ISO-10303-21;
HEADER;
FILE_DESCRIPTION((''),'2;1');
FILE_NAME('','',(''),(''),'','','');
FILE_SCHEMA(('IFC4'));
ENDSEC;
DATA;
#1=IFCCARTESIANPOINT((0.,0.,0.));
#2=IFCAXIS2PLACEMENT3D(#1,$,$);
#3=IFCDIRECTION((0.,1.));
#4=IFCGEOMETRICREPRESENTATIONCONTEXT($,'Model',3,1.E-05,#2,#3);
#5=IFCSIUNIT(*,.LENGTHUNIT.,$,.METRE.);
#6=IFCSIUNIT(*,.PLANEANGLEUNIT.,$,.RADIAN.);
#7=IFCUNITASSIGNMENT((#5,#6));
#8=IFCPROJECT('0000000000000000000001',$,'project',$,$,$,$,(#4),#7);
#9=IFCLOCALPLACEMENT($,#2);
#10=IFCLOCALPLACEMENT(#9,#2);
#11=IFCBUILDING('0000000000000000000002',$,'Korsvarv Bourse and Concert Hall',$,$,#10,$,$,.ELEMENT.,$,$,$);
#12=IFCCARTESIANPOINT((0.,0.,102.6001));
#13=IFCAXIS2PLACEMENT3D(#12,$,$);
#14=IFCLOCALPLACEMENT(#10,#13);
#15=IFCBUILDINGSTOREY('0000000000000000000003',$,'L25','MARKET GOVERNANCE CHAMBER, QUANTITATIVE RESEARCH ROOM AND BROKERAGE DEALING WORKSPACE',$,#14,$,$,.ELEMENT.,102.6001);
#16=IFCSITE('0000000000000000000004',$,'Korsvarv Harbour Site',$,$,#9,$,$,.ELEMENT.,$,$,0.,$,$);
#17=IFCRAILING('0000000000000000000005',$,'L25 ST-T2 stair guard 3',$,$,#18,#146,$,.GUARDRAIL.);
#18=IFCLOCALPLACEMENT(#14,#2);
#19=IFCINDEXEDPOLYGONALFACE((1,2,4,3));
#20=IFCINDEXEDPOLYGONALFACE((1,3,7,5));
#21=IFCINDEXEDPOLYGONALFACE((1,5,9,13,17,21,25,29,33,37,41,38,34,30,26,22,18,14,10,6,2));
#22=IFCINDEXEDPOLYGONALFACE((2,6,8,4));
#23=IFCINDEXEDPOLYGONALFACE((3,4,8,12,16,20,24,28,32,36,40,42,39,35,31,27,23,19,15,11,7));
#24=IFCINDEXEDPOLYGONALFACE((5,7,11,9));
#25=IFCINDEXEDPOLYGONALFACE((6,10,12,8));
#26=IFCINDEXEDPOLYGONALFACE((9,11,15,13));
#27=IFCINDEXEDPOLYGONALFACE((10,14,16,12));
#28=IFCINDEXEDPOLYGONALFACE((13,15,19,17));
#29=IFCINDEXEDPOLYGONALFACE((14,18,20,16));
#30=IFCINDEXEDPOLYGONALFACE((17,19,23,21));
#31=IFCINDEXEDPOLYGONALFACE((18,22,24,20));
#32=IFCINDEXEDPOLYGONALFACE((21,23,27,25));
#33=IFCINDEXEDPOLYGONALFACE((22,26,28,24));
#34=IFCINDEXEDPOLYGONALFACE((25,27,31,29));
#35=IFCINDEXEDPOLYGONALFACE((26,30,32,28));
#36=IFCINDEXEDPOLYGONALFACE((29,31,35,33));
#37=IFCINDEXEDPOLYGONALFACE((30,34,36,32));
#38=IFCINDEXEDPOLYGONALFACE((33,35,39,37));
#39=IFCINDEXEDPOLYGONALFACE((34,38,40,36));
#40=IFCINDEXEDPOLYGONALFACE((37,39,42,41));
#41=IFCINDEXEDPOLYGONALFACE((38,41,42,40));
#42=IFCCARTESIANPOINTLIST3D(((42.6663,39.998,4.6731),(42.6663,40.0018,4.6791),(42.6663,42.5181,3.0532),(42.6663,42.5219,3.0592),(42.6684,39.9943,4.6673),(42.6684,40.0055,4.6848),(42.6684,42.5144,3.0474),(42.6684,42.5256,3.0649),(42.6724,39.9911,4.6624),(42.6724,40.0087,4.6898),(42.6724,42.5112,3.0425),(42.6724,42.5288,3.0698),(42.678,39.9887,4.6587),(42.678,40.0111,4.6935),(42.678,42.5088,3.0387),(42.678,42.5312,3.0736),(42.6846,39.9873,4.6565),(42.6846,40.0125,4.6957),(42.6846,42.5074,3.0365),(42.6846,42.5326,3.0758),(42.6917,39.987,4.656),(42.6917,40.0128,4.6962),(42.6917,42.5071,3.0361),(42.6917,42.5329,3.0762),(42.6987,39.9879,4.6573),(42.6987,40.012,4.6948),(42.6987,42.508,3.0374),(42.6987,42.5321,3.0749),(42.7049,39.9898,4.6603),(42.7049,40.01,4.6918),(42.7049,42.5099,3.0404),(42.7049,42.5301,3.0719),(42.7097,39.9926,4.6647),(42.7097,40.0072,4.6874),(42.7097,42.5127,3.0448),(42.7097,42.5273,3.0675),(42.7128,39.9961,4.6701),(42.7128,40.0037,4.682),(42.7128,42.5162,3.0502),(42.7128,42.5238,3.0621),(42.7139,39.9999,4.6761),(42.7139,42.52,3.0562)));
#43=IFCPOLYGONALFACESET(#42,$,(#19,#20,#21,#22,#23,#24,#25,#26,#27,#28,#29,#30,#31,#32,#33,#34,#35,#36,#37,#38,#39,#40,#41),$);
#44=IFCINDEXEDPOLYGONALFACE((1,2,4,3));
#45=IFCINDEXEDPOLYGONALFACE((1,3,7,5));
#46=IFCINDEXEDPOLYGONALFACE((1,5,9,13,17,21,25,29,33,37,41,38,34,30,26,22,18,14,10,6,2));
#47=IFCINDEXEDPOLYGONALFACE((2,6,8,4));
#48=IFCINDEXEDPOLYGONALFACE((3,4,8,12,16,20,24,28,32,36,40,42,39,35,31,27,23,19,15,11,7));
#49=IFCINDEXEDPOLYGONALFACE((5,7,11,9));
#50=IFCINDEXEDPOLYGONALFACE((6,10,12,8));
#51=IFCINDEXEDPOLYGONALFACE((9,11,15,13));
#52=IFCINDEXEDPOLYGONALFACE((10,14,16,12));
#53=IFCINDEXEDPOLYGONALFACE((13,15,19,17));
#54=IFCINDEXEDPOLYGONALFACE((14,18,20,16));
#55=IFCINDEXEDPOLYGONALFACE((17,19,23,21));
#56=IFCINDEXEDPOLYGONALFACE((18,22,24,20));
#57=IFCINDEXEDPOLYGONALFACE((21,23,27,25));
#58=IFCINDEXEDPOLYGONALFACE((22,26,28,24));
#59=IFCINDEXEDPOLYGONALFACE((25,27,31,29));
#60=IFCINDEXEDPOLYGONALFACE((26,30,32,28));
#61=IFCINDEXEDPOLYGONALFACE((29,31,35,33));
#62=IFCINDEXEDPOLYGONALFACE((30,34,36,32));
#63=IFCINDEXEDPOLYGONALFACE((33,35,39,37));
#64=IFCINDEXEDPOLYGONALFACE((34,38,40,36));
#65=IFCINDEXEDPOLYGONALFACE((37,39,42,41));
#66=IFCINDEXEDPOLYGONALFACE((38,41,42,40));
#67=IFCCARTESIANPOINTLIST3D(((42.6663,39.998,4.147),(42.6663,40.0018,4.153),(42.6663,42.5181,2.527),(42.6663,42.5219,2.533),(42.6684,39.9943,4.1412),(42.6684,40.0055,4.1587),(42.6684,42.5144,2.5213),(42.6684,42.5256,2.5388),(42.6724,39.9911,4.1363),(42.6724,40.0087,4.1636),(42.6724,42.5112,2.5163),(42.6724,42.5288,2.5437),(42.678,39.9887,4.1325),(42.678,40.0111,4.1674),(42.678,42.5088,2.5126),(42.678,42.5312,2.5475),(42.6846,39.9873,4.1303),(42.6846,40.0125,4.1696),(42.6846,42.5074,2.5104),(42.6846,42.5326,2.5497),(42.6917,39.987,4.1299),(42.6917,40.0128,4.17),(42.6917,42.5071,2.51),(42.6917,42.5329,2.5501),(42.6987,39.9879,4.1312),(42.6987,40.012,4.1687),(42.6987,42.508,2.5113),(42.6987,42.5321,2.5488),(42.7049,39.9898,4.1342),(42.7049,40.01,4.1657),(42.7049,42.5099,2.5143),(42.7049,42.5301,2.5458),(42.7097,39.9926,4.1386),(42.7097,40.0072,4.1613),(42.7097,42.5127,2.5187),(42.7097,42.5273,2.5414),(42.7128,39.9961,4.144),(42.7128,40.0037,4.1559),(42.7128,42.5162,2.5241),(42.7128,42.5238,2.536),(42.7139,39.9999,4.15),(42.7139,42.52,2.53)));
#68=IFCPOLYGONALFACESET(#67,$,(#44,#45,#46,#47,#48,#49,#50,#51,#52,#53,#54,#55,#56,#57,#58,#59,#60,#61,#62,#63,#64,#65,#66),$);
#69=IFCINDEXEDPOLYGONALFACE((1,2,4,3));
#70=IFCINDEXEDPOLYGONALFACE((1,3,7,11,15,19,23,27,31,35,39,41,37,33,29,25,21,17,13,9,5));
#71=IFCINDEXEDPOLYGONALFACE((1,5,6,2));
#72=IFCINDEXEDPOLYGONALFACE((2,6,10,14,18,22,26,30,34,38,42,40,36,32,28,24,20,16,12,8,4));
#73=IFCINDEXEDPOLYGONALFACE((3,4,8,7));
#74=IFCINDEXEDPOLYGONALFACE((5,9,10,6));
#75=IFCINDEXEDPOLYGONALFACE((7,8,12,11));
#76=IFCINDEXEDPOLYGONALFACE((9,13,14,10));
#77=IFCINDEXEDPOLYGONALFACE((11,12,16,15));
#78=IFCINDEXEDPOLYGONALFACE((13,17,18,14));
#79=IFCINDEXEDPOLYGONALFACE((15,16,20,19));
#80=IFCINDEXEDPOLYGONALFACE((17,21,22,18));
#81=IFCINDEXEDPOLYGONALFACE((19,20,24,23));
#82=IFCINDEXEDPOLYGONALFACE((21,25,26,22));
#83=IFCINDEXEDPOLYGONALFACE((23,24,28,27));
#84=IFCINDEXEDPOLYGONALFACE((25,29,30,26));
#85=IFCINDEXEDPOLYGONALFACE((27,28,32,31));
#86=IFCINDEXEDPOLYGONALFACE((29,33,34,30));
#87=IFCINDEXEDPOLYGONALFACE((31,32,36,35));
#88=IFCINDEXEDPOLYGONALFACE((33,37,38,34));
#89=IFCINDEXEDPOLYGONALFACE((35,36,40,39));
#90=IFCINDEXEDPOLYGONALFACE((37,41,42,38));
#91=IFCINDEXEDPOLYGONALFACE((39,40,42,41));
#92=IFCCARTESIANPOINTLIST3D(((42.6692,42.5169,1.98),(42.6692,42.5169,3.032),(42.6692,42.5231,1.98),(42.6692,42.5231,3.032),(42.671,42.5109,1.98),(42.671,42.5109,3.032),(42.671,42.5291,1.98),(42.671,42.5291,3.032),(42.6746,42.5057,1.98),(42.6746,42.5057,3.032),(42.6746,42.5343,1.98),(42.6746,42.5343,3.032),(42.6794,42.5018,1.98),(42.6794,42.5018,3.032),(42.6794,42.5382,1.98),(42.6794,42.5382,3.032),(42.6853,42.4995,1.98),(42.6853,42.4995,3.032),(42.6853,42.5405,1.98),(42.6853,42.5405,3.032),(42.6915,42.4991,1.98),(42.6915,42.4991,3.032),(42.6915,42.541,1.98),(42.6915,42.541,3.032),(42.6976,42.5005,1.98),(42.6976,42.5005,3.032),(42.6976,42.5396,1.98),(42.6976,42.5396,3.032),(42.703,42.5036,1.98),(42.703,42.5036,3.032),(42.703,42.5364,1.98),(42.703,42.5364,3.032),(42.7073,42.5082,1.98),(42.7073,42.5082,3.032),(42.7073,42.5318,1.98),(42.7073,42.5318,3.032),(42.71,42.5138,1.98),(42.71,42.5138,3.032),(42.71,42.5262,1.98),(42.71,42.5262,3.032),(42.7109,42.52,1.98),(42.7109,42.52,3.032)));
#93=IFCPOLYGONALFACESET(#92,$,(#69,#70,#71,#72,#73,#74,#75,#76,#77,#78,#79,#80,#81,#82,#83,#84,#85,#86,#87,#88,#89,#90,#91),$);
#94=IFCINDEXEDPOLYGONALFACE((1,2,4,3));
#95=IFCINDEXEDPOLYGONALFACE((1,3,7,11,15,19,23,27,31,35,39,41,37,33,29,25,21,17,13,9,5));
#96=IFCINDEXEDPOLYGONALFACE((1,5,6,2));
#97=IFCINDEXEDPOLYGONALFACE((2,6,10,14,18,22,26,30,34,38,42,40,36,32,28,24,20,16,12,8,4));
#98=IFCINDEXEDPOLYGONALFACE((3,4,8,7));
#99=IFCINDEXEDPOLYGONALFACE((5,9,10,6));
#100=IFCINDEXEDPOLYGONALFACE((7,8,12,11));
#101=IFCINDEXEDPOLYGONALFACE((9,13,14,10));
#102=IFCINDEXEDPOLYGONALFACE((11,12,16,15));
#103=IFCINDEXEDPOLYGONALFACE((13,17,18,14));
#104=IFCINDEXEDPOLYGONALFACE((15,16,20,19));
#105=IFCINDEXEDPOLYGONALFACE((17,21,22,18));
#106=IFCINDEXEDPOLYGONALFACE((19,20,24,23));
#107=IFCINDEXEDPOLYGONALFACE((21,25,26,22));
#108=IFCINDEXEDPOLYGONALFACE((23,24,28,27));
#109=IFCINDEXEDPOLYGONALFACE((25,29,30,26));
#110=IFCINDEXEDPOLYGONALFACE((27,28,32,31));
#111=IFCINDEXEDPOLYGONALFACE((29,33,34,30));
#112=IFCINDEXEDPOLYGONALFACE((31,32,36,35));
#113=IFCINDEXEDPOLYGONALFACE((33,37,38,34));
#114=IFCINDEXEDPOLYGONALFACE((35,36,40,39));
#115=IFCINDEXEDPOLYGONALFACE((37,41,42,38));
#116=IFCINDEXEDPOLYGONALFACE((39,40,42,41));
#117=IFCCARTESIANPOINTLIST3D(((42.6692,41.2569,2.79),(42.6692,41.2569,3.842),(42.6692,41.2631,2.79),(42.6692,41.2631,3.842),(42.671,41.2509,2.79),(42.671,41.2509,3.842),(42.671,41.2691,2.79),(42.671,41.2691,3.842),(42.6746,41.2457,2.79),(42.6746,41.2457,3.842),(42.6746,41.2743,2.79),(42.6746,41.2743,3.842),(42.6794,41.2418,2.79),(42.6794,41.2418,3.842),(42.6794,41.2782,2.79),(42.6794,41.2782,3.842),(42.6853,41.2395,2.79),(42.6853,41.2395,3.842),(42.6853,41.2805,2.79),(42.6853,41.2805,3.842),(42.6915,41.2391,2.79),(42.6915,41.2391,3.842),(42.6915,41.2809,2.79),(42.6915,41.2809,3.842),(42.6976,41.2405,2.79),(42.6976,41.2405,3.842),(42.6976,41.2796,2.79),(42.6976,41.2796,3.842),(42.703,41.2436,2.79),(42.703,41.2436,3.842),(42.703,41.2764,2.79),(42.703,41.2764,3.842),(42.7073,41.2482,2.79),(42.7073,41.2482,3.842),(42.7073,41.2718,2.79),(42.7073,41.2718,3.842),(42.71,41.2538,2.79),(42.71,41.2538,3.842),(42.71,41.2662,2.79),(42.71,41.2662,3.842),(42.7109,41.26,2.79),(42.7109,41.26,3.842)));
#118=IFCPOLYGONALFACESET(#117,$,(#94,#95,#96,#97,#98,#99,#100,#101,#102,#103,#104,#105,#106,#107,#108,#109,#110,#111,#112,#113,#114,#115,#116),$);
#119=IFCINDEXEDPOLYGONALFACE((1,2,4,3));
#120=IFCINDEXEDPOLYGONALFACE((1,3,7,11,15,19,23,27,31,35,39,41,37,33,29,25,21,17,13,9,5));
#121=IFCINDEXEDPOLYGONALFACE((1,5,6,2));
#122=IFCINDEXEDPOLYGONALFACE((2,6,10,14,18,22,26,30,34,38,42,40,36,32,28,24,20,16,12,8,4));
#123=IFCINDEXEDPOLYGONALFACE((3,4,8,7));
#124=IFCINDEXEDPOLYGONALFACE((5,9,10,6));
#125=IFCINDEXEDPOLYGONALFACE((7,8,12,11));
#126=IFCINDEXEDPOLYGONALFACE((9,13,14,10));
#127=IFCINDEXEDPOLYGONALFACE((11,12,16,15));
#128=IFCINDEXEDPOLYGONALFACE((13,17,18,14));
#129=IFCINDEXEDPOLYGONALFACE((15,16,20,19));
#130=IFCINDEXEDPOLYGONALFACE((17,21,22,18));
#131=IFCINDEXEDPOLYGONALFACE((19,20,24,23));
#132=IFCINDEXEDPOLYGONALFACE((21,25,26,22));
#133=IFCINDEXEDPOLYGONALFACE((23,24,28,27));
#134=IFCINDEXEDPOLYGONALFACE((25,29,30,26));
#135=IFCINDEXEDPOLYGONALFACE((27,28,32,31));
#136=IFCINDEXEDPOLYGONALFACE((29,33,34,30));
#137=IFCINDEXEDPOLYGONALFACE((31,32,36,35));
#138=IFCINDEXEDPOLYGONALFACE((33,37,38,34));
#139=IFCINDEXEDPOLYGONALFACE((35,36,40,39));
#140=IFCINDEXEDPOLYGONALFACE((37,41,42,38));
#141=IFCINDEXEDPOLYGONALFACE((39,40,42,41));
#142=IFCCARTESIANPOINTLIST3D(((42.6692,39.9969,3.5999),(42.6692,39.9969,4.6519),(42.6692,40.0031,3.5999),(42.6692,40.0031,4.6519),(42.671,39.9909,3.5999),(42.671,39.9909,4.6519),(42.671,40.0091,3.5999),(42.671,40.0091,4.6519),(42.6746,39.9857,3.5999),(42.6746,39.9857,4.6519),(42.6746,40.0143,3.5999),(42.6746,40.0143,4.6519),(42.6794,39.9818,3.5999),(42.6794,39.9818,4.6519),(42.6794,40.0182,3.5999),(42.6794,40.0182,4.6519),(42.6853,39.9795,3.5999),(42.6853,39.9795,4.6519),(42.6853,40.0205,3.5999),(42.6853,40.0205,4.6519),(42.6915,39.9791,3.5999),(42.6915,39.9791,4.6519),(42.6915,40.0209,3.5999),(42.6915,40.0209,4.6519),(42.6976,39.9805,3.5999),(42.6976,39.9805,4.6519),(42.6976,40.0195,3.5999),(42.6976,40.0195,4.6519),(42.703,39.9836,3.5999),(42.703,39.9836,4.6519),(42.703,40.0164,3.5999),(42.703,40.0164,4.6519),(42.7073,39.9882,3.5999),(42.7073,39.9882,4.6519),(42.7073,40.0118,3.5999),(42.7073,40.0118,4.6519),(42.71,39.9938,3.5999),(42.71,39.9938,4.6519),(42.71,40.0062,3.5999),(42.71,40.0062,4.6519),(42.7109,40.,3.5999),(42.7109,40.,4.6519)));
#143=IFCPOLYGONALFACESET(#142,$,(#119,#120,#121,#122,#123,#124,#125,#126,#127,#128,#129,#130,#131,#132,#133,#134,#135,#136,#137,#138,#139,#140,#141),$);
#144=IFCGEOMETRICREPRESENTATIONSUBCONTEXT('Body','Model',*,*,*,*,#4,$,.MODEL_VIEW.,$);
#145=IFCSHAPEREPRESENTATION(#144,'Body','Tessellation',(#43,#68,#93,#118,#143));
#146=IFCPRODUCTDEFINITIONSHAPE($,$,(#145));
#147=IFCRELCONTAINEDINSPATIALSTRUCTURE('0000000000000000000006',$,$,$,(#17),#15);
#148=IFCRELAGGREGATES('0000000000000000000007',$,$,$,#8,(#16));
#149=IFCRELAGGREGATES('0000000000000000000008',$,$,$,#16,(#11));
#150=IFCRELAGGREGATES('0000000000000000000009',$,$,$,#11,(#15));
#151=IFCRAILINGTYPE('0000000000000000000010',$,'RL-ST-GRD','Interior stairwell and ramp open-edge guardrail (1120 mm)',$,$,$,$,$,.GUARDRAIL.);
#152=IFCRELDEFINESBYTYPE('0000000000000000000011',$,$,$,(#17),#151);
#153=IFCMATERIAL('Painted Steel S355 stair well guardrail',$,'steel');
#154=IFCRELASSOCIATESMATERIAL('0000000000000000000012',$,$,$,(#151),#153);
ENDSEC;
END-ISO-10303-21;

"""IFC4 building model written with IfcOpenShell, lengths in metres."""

from ifc_helpers import new_model, si_unit, direction, frame, origin, origin_2d, place, context, subcontext, project, spatial, circle, extrude, material, type_object, element, save


model = new_model("IFC4")

# Units and contexts
model_context = context("Model", 3, precision=1e-05, world=origin(), true_north=direction((0.0, 1.0)))
body_context = subcontext(model_context, "Body", "Model", "MODEL_VIEW")
ifc_project = project(units=[si_unit("LENGTHUNIT", "METRE"), si_unit("PLANEANGLEUNIT", "RADIAN")], contexts=[model_context])

# Site, building, storey
site_placement = place(None, origin())
site = spatial("IfcSite", under=ifc_project, at=site_placement, Name="Korsvarv Harbour Site", CompositionType="ELEMENT", RefElevation=0.0)
building_placement = place(site_placement, origin())
building = spatial("IfcBuilding", under=site, at=building_placement, Name="Korsvarv Bourse and Concert Hall", CompositionType="ELEMENT")
storey_placement = place(building_placement, frame((0.0, 0.0, 102.6001)))
storey = spatial("IfcBuildingStorey", under=building, at=storey_placement, Name="L25", Description="MARKET GOVERNANCE CHAMBER, QUANTITATIVE RESEARCH ROOM AND BROKERAGE DEALING WORKSPACE", CompositionType="ELEMENT", Elevation=102.6001)

# Railing
ifc_material_1 = material(Name="Painted Steel S355 stair well guardrail", Category="steel")
railing_type_1 = type_object("IfcRailingType", Name="RL-ST-GRD", Description="Interior stairwell and ramp open-edge guardrail (1120 mm)", PredefinedType="GUARDRAIL", material=ifc_material_1)
railing_1_placement = place(storey_placement, frame((42.6899, 42.52, 1.98)))
element("IfcRailing", 1, at=railing_1_placement, inside=storey, type_object=railing_type_1, Name="L25 ST-T2 stair guard 3", PredefinedType="GUARDRAIL", context=body_context, shape_type="SweptSolid", body=[
    extrude(circle(Radius=0.0239, at=origin_2d()), frame((0.0, 0.0, 1.0762), z_axis=(0.0, -0.8412, 0.540725), x_axis=(1.0, 0.0, 0.0)), (0.0, 0.0, 1.0), 2.9958),
    extrude(circle(Radius=0.0239, at=origin_2d()), frame((0.0, 0.0, 0.55), z_axis=(0.0, -0.8412, 0.540725), x_axis=(1.0, 0.0, 0.0)), (0.0, 0.0, 1.0), 2.9958),
    extrude(circle(Radius=0.021, at=origin_2d()), origin(), (0.0, 0.0, 1.0), 1.052),
    extrude(circle(Radius=0.021, at=origin_2d()), frame((0.0, -1.26, 0.8101)), (0.0, 0.0, 1.0), 1.052),
    extrude(circle(Radius=0.021, at=origin_2d()), frame((0.0, -2.52, 1.6199)), (0.0, 0.0, 1.0), 1.052),
])

save(model, "model.ifc")
